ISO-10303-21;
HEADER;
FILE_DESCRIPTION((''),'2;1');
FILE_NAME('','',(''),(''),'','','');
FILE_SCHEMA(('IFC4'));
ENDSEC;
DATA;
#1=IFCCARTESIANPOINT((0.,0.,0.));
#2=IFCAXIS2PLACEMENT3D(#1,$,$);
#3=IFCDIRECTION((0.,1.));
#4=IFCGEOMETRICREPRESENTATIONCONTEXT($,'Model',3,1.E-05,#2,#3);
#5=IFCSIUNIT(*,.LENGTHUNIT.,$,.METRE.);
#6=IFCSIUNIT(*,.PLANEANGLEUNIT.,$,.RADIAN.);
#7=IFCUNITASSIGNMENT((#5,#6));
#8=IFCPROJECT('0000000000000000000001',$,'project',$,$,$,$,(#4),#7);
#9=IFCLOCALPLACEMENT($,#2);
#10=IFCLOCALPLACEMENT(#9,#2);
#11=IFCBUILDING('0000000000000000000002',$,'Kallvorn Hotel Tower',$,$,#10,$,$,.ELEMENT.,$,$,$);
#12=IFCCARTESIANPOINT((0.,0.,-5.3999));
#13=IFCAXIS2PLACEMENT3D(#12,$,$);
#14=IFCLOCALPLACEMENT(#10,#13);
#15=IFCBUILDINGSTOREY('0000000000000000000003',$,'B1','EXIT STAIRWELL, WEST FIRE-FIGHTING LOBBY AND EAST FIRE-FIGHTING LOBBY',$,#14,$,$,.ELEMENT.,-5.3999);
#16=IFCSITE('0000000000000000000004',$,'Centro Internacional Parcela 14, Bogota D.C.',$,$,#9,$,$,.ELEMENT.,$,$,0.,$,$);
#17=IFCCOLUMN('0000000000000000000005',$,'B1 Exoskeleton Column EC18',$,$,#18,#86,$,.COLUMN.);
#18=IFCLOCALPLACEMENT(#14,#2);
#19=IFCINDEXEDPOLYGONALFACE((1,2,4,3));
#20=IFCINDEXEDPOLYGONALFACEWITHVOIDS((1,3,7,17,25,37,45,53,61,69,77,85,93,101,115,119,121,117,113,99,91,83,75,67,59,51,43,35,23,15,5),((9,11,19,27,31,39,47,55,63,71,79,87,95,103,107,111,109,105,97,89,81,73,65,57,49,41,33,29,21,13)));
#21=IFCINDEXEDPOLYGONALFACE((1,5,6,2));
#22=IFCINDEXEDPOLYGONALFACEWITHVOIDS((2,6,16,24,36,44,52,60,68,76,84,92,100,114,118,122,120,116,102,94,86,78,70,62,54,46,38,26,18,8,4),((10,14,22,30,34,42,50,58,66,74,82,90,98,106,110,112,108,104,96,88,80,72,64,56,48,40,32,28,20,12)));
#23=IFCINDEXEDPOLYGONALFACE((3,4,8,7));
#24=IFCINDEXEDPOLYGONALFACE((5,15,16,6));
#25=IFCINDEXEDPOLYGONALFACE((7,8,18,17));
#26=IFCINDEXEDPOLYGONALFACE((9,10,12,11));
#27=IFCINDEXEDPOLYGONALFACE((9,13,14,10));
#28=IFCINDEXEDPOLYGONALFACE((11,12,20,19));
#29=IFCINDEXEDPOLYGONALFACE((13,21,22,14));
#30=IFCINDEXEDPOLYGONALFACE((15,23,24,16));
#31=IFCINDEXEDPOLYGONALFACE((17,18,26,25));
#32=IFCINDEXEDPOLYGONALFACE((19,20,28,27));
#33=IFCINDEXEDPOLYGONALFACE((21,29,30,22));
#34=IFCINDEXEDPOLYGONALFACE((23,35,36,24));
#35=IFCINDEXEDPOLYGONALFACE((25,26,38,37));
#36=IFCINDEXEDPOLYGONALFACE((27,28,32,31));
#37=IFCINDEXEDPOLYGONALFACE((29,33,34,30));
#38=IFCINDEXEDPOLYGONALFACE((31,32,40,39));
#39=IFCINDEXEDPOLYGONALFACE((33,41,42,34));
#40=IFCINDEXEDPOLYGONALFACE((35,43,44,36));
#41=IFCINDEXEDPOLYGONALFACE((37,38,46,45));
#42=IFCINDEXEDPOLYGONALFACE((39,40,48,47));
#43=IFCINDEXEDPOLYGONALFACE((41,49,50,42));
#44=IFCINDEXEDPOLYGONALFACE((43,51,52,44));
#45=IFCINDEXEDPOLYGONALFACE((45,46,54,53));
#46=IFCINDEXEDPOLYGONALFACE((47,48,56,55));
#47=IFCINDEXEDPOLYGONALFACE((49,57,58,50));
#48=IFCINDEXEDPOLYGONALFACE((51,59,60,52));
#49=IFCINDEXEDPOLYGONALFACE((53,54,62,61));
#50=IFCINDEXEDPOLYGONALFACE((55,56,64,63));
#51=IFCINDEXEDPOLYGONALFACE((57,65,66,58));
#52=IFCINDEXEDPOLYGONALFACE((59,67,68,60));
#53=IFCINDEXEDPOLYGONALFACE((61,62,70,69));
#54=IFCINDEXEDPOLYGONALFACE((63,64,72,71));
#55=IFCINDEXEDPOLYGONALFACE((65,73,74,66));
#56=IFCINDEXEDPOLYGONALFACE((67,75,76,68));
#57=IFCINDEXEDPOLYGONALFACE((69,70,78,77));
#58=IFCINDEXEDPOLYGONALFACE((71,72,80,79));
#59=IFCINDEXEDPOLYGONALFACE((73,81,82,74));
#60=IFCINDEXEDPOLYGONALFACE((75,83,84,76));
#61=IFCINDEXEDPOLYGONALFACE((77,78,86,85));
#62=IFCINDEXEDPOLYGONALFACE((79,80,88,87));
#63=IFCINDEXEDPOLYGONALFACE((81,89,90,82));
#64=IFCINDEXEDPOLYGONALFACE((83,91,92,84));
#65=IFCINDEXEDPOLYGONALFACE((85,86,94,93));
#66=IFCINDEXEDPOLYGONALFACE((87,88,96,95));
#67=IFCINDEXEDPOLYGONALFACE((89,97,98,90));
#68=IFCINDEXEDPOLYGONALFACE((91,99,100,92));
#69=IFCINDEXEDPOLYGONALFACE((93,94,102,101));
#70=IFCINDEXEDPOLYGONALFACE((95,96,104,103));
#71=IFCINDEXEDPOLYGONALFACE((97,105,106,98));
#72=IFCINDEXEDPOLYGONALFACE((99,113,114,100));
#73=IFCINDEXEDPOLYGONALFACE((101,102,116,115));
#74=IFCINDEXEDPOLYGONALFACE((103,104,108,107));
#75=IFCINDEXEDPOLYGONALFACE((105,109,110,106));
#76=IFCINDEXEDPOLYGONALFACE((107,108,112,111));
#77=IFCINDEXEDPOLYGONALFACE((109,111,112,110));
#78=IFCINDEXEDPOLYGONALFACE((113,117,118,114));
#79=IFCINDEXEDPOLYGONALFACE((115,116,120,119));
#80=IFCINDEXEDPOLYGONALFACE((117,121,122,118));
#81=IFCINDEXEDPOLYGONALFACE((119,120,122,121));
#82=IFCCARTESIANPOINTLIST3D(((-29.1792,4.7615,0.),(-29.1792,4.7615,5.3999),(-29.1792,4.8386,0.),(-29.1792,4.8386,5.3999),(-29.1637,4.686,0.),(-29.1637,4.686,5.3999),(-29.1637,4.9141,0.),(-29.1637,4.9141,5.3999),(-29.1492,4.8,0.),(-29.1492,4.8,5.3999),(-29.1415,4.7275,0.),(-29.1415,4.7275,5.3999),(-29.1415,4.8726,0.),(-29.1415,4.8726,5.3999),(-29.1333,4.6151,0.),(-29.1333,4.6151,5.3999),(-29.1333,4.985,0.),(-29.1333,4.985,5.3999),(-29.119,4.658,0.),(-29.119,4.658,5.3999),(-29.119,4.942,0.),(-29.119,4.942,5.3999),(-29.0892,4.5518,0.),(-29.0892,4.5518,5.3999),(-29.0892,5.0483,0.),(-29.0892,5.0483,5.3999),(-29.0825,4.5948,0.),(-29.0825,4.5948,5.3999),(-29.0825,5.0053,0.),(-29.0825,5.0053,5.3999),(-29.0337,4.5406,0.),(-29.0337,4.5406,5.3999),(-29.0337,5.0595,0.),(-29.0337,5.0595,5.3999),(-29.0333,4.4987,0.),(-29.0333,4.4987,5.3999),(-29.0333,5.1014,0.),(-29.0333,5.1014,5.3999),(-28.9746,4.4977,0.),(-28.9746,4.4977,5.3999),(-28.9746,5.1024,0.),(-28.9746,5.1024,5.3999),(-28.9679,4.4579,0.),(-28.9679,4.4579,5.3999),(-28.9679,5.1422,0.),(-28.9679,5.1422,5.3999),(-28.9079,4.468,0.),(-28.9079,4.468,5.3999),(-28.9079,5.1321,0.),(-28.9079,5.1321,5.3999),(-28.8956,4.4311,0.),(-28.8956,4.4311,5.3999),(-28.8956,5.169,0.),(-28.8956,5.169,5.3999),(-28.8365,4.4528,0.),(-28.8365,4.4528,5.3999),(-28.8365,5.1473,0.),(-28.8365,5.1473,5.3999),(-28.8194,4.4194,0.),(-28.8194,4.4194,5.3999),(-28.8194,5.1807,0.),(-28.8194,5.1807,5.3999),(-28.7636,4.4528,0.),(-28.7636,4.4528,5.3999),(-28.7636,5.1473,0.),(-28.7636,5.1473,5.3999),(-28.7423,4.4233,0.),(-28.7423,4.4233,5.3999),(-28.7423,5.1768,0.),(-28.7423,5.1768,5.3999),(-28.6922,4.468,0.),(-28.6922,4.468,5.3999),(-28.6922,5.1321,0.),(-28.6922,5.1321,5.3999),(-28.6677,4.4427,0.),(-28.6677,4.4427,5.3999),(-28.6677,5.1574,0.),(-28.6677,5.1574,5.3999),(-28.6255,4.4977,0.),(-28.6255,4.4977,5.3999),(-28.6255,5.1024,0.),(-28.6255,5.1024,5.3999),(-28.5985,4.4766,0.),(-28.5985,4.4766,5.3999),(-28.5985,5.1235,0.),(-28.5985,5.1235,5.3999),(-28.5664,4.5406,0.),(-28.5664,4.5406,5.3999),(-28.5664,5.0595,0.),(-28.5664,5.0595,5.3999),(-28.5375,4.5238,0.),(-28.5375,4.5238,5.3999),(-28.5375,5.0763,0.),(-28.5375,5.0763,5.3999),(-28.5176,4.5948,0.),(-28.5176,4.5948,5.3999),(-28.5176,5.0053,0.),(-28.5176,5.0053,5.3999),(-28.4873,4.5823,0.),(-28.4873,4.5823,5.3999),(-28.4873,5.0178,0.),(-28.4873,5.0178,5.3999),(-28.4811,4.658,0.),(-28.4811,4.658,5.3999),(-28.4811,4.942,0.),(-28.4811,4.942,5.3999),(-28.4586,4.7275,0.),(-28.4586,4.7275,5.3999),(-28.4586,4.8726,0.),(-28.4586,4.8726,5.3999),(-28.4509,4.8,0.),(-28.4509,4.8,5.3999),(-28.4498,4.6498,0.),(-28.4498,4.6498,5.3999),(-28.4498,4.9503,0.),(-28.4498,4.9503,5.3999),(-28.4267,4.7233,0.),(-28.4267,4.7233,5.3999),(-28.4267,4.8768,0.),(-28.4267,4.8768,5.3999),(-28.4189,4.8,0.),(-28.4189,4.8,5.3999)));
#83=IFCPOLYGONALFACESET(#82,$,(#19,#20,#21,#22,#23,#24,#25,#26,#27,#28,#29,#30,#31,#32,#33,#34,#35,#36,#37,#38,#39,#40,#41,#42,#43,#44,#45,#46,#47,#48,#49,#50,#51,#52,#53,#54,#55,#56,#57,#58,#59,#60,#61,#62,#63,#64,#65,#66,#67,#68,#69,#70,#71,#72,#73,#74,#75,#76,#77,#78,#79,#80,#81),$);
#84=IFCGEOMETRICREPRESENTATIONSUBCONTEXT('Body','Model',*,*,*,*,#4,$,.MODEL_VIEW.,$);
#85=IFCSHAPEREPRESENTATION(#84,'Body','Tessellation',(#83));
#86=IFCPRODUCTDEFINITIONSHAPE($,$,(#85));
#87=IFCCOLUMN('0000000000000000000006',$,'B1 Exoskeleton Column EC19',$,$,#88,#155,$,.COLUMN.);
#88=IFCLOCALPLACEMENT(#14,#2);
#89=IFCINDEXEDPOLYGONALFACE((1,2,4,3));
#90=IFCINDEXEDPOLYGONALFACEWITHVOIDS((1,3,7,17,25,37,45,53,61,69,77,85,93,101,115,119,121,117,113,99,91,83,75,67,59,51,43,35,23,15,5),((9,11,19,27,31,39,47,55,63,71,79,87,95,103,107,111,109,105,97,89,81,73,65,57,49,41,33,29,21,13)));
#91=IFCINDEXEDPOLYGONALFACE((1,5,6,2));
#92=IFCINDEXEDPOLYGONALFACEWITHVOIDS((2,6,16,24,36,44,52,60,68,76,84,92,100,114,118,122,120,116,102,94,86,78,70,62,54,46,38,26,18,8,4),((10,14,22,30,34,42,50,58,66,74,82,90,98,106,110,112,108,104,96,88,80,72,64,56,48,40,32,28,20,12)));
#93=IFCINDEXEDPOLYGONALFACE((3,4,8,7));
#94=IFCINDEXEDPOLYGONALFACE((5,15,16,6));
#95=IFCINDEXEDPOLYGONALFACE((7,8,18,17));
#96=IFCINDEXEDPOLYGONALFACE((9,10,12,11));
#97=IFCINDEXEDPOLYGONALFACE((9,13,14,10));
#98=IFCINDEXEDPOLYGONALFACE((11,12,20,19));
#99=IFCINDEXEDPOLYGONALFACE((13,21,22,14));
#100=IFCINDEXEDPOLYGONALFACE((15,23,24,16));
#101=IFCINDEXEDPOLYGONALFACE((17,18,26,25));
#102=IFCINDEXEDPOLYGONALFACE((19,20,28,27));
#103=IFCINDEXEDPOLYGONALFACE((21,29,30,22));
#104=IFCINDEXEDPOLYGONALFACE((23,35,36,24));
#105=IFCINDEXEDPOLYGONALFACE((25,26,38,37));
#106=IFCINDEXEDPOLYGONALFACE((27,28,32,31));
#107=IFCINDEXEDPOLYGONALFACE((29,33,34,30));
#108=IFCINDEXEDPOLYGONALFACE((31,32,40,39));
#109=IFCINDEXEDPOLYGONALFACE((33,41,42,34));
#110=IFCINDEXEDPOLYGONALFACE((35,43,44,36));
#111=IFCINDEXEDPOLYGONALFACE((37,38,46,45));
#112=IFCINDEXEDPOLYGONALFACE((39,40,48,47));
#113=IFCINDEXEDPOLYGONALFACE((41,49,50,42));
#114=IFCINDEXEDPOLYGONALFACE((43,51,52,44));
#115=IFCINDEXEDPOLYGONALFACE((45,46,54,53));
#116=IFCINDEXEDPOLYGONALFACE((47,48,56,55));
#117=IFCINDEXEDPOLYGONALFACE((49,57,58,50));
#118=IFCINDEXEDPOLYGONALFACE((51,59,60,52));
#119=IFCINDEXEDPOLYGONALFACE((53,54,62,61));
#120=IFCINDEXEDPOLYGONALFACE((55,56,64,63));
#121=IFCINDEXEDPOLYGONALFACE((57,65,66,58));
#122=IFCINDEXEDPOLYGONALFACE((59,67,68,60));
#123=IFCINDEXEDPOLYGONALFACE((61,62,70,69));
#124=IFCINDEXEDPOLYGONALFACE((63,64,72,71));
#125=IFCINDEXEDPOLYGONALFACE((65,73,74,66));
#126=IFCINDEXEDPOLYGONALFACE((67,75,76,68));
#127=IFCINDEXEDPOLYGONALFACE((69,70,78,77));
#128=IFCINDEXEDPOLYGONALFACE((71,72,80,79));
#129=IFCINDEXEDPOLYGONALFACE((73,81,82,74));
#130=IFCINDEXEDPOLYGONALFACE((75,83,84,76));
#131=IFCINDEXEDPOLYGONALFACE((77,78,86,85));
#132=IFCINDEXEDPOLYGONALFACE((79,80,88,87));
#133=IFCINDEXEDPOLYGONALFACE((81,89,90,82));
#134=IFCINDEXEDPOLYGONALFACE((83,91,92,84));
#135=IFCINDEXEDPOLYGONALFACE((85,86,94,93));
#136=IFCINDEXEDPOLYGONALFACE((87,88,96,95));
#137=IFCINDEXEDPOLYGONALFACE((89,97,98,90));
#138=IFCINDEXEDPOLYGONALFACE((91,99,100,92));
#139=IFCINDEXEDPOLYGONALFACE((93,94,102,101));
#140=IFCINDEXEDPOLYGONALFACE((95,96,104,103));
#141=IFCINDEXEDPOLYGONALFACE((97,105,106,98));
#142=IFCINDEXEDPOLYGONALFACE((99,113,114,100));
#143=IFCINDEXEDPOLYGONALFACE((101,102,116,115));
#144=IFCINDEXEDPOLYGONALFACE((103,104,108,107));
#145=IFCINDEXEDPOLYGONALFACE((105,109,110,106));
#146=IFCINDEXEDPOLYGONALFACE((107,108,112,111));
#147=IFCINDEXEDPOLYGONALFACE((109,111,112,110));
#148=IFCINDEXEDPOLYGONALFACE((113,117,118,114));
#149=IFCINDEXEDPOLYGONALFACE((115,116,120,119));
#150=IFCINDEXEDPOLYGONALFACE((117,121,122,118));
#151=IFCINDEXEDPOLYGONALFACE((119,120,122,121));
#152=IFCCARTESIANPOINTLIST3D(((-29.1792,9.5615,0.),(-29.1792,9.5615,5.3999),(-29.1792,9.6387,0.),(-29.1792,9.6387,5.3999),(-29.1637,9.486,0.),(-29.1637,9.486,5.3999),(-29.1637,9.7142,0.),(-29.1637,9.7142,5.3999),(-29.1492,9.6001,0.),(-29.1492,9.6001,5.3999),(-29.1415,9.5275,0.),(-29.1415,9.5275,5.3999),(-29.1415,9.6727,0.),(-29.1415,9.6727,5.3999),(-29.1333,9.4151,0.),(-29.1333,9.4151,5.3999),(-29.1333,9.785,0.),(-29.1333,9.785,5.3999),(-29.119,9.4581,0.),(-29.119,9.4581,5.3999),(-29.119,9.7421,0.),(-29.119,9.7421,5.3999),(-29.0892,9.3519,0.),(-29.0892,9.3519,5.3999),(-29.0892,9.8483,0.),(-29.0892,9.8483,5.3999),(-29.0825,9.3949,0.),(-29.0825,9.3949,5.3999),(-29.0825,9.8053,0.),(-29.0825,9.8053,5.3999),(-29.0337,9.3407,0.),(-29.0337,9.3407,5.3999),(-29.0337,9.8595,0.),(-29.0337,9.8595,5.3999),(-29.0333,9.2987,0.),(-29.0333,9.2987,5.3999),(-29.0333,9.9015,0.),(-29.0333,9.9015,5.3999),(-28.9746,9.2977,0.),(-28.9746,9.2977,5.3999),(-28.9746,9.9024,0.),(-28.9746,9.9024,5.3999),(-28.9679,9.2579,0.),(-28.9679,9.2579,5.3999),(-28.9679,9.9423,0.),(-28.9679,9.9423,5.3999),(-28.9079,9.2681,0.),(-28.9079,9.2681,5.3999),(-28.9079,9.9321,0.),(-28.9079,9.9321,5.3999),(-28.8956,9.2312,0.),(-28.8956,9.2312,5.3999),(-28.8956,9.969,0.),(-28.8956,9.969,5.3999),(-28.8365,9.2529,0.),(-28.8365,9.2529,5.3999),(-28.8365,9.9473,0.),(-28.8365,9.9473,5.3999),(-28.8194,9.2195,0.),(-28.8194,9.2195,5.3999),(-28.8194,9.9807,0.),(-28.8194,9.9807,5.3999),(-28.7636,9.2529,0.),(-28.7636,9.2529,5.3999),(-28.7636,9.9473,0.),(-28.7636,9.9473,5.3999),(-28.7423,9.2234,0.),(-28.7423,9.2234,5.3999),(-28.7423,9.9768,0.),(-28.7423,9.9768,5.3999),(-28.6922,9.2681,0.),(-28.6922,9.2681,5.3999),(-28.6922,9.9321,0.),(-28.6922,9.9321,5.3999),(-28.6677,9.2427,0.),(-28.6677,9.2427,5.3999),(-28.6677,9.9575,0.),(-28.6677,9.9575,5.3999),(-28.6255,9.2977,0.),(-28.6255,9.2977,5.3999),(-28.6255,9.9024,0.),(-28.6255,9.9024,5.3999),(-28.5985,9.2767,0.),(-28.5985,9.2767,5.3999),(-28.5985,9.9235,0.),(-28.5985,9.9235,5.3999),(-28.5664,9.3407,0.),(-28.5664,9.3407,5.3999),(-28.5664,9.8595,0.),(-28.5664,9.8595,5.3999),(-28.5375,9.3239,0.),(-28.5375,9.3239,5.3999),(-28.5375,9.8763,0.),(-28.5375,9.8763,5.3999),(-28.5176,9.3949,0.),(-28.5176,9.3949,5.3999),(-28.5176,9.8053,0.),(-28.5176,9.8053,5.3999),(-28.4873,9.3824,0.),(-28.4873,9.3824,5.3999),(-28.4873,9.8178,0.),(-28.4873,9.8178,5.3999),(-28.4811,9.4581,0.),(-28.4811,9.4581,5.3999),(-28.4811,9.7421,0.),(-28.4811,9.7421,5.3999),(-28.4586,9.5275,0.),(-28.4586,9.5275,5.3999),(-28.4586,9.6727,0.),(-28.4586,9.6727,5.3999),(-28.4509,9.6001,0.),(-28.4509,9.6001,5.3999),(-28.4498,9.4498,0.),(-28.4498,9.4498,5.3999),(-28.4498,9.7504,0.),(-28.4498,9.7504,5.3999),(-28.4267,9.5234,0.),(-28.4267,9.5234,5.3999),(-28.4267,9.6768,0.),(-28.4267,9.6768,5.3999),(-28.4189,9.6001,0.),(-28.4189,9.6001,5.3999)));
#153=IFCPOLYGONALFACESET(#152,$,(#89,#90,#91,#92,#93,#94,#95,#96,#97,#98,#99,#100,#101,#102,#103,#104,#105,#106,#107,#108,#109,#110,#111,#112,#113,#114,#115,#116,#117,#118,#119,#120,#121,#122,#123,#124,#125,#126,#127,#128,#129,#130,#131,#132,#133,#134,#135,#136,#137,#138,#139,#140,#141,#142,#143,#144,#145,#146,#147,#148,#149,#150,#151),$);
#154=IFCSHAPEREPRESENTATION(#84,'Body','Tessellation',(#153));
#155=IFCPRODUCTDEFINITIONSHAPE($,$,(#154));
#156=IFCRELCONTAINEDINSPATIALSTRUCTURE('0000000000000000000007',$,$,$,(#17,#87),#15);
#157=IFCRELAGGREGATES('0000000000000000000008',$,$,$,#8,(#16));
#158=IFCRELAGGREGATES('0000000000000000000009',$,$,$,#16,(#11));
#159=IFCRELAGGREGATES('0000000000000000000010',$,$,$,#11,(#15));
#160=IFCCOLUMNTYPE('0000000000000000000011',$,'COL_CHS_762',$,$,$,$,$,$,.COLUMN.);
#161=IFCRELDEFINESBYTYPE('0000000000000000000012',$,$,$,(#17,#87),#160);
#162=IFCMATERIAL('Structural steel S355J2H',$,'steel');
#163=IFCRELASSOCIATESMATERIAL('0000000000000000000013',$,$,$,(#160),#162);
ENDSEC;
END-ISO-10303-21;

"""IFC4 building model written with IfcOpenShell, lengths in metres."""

from ifc_helpers import new_model, si_unit, direction, frame, origin, origin_2d, place, context, subcontext, project, spatial, hollow_circle, extrude, material, material_profile, profile_set, type_object, element, save


model = new_model("IFC4")

# Units and contexts
model_context = context("Model", 3, precision=1e-05, world=origin(), true_north=direction((0.0, 1.0)))
body_context = subcontext(model_context, "Body", "Model", "MODEL_VIEW")
ifc_project = project(units=[si_unit("LENGTHUNIT", "METRE"), si_unit("PLANEANGLEUNIT", "RADIAN")], contexts=[model_context])

# Site, building, storey
site_placement = place(None, origin())
site = spatial("IfcSite", under=ifc_project, at=site_placement, Name="Centro Internacional Parcela 14, Bogota D.C.", CompositionType="ELEMENT", RefElevation=0.0)
building_placement = place(site_placement, origin())
building = spatial("IfcBuilding", under=site, at=building_placement, Name="Kallvorn Hotel Tower", CompositionType="ELEMENT")
storey_placement = place(building_placement, frame((0.0, 0.0, -5.3999)))
storey = spatial("IfcBuildingStorey", under=building, at=storey_placement, Name="B1", Description="EXIT STAIRWELL, WEST FIRE-FIGHTING LOBBY AND EAST FIRE-FIGHTING LOBBY", CompositionType="ELEMENT", Elevation=-5.3999)

# Columns
ifc_material_1 = material(Name="Structural steel S355J2H", Category="steel")
ifc_material_profile_1 = material_profile(ifc_material_1, hollow_circle(Radius=0.3811, WallThickness=0.032, at=origin_2d()), Name="CHS 762x32")
ifc_profile_set_1 = profile_set([ifc_material_profile_1], Name="Structural steel S355J2H")
column_type_1 = type_object("IfcColumnType", Name="COL_CHS_762", PredefinedType="COLUMN", material=ifc_profile_set_1)
for number, where, z_axis, x_axis, name in (
    (1, (-28.8, 4.8, 0.0), (0.0, 0.0, 1.0), (1.0, 0.0, 0.0), "B1 Exoskeleton Column EC18"),
    (2, (-28.8, 9.6001, 0.0), (0.0, 0.0, 1.0), (1.0, 0.0, 0.0), "B1 Exoskeleton Column EC19"),
):
    element("IfcColumn", number, at=place(storey_placement, frame(where, z_axis=z_axis, x_axis=x_axis)), inside=storey, type_object=column_type_1, Name=name, PredefinedType="COLUMN", context=body_context, shape_type="SweptSolid", body=[
        extrude(hollow_circle(Radius=0.3811, WallThickness=0.032, at=origin_2d()), origin(), (0.0, 0.0, 1.0), 5.3999),
    ])

save(model, "model.ifc")
